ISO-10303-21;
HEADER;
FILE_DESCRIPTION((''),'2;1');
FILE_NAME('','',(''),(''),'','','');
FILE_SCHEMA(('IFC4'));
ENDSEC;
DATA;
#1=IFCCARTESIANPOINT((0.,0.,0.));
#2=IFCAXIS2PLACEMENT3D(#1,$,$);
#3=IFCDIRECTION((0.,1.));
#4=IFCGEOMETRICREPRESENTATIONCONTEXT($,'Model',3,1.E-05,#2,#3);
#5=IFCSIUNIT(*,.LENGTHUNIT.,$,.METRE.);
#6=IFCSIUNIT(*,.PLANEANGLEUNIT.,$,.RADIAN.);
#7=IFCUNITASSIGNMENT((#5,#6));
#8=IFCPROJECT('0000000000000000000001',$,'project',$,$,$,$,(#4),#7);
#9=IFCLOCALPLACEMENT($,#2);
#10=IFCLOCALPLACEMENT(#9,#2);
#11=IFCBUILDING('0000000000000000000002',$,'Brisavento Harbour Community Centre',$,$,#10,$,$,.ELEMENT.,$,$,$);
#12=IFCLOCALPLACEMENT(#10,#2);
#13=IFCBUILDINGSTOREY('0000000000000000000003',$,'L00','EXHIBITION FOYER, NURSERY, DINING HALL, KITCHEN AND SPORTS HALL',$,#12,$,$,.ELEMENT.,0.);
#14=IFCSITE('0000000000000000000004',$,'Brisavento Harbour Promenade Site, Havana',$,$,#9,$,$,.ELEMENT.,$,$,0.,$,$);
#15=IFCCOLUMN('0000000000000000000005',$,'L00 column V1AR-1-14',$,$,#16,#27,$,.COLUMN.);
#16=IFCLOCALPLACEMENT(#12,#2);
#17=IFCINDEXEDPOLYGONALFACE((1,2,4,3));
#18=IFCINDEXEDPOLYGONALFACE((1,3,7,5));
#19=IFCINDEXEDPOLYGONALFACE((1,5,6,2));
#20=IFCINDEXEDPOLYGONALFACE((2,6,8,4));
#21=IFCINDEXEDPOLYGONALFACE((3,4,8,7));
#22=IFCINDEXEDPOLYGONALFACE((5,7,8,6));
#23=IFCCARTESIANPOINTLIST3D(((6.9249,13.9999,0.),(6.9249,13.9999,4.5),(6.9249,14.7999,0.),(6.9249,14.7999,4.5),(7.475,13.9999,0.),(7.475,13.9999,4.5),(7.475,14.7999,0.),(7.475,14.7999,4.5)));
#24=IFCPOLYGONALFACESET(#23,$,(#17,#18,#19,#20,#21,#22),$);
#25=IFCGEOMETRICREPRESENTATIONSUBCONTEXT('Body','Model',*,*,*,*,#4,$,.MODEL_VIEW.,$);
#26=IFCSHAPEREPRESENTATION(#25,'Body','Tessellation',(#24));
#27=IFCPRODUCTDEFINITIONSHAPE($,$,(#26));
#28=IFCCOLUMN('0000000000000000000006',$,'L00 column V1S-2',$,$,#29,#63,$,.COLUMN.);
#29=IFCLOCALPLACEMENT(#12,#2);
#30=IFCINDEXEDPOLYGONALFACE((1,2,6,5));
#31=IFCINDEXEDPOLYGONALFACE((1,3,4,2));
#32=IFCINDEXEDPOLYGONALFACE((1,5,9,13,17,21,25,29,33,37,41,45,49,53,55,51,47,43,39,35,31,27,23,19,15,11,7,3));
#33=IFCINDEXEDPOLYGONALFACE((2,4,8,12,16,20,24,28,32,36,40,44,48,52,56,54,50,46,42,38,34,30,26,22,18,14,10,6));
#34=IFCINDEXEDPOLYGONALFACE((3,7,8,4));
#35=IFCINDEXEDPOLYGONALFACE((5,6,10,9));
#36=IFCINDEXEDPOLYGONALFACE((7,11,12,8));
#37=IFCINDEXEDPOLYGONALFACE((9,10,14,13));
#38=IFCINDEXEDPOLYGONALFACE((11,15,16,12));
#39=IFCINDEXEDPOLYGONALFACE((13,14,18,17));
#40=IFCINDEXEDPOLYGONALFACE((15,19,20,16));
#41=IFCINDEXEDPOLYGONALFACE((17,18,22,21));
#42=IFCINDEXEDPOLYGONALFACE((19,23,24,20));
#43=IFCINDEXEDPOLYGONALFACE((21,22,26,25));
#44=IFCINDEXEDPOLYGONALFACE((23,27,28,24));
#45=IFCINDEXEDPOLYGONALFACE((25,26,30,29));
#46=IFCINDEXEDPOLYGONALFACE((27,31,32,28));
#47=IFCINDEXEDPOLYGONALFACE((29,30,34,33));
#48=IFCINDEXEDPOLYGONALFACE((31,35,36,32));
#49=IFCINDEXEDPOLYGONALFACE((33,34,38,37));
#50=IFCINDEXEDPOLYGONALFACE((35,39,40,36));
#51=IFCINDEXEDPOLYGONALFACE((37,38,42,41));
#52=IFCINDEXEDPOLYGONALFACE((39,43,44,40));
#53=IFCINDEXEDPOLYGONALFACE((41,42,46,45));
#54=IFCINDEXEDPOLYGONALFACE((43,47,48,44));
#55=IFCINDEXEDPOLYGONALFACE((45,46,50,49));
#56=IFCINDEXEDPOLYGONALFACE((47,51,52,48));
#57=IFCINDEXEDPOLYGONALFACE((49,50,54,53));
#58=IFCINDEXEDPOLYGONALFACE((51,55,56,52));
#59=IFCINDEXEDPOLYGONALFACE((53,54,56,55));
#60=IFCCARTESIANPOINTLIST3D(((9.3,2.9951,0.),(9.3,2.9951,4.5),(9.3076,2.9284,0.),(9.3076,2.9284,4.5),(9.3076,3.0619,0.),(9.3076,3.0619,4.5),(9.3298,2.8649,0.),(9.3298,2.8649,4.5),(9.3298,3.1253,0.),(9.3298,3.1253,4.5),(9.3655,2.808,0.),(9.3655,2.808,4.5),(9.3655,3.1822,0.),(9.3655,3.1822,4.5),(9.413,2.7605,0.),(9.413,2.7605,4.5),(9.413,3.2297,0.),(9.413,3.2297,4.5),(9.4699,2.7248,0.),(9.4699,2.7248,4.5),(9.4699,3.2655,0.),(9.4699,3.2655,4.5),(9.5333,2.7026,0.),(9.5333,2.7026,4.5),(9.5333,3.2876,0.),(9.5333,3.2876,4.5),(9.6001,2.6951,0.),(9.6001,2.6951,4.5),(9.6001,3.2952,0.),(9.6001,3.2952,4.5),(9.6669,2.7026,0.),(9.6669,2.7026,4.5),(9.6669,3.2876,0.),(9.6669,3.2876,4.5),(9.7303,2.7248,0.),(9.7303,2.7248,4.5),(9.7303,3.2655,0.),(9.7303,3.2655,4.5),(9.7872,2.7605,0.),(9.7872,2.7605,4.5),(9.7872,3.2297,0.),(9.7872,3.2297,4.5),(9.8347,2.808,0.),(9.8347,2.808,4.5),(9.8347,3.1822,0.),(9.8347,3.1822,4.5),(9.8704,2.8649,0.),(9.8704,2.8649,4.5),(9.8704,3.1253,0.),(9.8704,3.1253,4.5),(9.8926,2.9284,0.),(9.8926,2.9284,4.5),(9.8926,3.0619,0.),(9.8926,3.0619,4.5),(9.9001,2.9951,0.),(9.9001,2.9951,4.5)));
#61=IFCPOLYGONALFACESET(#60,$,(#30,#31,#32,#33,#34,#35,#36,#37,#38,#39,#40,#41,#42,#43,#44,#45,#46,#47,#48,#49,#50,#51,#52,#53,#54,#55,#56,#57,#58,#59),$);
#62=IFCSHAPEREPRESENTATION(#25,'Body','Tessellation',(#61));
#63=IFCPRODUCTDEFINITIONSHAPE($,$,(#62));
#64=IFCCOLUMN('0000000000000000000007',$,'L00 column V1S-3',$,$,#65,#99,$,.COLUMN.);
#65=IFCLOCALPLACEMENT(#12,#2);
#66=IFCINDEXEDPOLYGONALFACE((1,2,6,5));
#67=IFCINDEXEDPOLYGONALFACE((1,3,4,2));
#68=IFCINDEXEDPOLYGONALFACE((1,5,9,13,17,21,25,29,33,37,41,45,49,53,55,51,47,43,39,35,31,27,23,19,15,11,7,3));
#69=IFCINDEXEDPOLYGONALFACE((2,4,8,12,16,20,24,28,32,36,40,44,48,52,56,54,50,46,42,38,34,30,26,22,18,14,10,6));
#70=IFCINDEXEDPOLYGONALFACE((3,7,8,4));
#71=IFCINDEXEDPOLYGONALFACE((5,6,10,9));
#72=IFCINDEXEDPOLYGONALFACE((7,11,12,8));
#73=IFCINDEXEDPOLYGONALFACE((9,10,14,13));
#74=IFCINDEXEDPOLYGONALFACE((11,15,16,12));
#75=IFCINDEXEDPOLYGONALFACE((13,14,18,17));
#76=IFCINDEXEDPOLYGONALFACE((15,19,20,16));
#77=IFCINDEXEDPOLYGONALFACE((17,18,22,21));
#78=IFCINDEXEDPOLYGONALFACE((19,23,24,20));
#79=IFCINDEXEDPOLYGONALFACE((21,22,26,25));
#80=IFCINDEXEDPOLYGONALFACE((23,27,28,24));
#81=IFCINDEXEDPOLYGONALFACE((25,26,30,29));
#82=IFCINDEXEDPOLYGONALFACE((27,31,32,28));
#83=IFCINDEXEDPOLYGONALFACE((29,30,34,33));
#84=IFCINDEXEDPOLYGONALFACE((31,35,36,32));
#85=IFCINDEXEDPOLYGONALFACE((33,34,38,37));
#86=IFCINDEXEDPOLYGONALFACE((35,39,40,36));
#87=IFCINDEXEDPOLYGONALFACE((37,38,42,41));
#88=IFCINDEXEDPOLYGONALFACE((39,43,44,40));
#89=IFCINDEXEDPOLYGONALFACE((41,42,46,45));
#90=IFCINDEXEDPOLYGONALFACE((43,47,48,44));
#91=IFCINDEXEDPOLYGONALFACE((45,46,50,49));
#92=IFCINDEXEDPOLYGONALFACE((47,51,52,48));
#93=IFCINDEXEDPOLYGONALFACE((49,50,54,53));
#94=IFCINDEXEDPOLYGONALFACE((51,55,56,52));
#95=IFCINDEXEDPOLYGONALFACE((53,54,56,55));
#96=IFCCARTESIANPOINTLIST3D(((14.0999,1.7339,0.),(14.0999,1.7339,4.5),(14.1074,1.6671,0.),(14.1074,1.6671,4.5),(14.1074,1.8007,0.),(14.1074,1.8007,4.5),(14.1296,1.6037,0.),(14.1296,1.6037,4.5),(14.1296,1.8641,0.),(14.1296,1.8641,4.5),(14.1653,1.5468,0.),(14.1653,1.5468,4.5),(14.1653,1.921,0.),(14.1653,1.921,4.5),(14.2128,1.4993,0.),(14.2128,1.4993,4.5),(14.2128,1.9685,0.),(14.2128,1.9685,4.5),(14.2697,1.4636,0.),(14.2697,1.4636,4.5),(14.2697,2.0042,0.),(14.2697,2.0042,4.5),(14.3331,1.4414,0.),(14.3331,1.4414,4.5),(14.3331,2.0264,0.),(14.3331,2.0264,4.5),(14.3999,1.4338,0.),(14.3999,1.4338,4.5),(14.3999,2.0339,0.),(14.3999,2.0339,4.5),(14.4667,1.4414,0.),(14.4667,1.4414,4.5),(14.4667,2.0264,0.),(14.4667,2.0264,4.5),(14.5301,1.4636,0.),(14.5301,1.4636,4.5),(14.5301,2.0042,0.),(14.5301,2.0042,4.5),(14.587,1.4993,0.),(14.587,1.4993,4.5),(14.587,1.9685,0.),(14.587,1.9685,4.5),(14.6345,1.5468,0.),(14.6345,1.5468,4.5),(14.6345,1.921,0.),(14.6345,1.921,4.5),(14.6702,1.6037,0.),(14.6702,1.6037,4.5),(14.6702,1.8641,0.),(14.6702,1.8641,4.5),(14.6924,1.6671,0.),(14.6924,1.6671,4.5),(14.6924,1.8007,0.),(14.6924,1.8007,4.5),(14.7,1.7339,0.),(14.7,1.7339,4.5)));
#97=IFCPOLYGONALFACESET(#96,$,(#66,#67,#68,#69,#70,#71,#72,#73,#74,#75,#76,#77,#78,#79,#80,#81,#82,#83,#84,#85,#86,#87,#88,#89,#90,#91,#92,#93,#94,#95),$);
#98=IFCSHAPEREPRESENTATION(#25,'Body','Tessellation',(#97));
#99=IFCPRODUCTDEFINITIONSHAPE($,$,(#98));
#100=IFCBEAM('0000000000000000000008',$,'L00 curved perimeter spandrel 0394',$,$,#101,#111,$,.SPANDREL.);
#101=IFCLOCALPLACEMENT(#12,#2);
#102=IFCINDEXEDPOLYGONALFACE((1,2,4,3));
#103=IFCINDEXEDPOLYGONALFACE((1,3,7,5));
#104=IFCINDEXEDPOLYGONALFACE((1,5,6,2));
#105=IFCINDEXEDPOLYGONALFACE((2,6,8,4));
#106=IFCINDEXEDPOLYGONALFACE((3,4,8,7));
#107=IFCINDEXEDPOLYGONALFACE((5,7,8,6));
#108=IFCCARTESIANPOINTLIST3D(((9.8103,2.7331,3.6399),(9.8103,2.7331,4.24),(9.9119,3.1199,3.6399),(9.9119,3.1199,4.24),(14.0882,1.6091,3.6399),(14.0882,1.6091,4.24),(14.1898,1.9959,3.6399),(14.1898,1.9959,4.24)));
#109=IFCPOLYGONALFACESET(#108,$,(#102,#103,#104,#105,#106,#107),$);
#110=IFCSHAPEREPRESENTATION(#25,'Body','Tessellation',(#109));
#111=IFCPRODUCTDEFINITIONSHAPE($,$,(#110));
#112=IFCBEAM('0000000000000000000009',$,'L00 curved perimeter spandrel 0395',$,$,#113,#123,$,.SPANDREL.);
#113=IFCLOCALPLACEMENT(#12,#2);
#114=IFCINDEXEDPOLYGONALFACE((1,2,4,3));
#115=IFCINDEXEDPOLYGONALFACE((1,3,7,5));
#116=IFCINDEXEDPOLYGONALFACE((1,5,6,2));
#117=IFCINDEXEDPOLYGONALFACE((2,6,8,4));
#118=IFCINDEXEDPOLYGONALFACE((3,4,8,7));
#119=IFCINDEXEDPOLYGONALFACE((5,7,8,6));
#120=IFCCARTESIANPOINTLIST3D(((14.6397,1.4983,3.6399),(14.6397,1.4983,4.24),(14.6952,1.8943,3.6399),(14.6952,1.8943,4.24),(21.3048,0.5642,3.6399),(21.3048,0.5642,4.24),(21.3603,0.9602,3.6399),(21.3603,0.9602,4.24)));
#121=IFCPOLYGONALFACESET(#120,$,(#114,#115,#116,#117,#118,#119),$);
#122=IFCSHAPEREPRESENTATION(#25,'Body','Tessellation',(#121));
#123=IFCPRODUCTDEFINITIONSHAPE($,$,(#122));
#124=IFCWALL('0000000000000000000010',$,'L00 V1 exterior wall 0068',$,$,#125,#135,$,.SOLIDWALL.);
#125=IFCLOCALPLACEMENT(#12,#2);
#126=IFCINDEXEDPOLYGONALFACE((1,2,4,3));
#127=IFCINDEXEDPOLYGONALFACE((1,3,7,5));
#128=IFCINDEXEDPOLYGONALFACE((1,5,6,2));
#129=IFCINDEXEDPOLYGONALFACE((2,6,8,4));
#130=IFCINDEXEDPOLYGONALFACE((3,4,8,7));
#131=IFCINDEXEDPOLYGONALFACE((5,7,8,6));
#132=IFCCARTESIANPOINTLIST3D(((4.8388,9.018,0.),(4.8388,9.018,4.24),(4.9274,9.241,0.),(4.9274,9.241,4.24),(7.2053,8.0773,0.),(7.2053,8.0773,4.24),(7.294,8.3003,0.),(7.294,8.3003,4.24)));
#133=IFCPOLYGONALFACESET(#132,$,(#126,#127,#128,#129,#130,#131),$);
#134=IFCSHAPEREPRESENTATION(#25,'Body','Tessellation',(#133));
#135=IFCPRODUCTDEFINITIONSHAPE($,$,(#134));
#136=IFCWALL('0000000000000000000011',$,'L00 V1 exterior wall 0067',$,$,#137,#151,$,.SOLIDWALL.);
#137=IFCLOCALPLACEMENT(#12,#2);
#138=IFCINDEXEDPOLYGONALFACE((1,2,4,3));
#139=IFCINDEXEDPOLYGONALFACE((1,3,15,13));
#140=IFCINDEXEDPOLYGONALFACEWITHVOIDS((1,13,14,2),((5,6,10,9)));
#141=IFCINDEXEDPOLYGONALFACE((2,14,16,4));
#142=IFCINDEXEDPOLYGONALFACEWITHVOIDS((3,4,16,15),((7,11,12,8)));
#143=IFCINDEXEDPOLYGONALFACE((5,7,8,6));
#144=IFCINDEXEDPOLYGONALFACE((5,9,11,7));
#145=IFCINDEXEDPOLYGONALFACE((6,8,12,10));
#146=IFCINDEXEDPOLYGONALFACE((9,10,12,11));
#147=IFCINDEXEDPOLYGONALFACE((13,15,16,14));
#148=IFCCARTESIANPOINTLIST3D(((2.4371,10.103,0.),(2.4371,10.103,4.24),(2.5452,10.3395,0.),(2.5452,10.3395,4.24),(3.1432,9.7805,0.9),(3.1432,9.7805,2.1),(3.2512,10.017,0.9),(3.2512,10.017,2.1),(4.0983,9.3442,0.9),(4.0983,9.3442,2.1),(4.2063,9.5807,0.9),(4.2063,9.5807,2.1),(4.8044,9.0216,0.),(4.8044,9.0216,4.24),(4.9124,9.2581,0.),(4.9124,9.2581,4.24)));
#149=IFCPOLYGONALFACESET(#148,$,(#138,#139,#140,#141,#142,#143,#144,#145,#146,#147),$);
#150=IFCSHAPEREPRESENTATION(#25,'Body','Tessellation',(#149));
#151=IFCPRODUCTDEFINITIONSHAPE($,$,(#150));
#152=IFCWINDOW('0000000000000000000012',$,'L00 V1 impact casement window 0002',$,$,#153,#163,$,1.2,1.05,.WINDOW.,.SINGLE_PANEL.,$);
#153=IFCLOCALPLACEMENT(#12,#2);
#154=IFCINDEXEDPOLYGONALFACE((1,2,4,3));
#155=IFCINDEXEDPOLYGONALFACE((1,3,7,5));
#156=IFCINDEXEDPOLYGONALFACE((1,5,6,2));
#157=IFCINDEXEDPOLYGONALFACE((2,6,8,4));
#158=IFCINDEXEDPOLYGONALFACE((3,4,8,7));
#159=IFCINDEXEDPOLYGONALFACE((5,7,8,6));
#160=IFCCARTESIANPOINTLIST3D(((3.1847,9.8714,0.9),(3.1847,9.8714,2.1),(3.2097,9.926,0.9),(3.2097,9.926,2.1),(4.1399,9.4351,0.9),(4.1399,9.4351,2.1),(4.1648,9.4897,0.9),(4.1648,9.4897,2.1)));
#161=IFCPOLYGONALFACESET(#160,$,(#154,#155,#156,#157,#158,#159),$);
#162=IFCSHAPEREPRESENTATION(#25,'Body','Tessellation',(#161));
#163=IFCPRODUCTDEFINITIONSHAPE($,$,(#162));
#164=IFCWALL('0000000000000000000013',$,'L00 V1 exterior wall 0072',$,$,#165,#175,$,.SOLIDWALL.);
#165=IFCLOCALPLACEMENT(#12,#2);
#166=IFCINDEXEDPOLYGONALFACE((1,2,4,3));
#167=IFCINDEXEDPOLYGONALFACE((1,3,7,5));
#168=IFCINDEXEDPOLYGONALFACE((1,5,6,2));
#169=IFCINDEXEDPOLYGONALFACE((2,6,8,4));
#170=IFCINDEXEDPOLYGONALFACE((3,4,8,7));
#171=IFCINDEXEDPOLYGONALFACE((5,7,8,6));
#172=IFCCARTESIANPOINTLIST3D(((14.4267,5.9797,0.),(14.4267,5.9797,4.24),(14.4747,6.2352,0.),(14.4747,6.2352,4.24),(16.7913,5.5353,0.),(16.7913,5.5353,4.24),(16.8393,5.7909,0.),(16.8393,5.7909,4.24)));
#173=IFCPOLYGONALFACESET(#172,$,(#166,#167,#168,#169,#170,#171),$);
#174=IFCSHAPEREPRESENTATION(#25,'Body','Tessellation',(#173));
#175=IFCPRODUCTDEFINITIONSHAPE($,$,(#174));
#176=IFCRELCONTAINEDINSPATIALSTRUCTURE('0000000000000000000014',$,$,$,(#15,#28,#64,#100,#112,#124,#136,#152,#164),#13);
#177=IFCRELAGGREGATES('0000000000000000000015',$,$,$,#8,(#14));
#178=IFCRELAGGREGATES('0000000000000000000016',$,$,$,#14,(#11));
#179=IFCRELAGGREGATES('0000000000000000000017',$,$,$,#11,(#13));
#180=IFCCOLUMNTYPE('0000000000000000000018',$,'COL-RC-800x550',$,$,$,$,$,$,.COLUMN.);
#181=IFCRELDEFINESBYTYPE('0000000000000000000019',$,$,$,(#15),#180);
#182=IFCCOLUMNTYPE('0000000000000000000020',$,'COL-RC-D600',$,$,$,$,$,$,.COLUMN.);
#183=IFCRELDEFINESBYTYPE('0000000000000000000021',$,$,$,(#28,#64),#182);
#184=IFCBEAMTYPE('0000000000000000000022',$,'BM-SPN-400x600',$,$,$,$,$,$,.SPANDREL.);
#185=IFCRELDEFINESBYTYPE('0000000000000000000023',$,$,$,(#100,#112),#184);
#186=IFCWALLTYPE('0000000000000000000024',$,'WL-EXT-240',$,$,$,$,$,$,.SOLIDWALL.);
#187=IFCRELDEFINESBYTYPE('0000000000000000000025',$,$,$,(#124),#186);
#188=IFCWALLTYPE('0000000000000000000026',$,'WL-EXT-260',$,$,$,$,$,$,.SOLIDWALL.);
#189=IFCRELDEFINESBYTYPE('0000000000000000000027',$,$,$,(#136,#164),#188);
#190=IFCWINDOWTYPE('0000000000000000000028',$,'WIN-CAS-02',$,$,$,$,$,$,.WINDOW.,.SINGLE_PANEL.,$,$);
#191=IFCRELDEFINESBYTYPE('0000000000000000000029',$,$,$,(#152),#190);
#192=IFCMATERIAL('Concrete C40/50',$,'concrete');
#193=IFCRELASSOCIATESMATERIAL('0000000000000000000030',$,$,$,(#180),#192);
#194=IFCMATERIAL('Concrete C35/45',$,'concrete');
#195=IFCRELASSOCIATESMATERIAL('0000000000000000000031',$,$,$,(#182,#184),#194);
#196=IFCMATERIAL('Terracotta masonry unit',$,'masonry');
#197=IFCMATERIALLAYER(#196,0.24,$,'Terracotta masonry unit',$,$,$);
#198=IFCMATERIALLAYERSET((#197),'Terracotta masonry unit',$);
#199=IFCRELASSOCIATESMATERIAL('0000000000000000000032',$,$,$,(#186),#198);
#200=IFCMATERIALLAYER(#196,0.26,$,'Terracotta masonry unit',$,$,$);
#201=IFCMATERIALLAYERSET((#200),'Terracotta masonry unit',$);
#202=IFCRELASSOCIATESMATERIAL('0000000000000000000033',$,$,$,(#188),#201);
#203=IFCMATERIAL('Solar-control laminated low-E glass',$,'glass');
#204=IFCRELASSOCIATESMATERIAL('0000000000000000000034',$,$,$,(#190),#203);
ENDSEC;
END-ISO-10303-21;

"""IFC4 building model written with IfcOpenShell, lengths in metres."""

from ifc_helpers import new_model, si_unit, direction, frame, frame_2d, origin, origin_2d, place, context, subcontext, project, spatial, rectangle, circle, extrude, material, layer, layer_set, material_profile, profile_set, type_object, element, fill, save


model = new_model("IFC4")

# Units and contexts
model_context = context("Model", 3, precision=1e-05, world=origin(), true_north=direction((0.0, 1.0)))
body_context = subcontext(model_context, "Body", "Model", "MODEL_VIEW")
ifc_project = project(units=[si_unit("LENGTHUNIT", "METRE"), si_unit("PLANEANGLEUNIT", "RADIAN")], contexts=[model_context])

# Site, building, storey
site_placement = place(None, origin())
site = spatial("IfcSite", under=ifc_project, at=site_placement, Name="Brisavento Harbour Promenade Site, Havana", CompositionType="ELEMENT", RefElevation=0.0)
building_placement = place(site_placement, origin())
building = spatial("IfcBuilding", under=site, at=building_placement, Name="Brisavento Harbour Community Centre", CompositionType="ELEMENT")
storey_placement = place(building_placement, origin())
storey = spatial("IfcBuildingStorey", under=building, at=storey_placement, Name="L00", Description="EXHIBITION FOYER, NURSERY, DINING HALL, KITCHEN AND SPORTS HALL", CompositionType="ELEMENT", Elevation=0.0)

# Columns
ifc_material_1 = material(Name="Concrete C40/50", Category="concrete")
ifc_material_profile_1 = material_profile(ifc_material_1, rectangle(XDim=0.55, YDim=0.8, at=origin_2d()), Name="Concrete C40/50")
ifc_profile_set_1 = profile_set([ifc_material_profile_1], Name="Concrete C40/50")
column_type_1 = type_object("IfcColumnType", Name="COL-RC-800x550", PredefinedType="COLUMN", material=ifc_profile_set_1)
column_placement = place(storey_placement, frame((7.2, 14.3999, 0.0), z_axis=(0.0, 0.0, 1.0), x_axis=(1.0, 0.0, 0.0)))
element("IfcColumn", 1, at=column_placement, inside=storey, type_object=column_type_1, Name="L00 column V1AR-1-14", PredefinedType="COLUMN", context=body_context, shape_type="SweptSolid", body=[
    extrude(rectangle(XDim=0.55, YDim=0.8, at=origin_2d()), origin(), (0.0, 0.0, 1.0), 4.5),
])
ifc_material_2 = material(Name="Concrete C35/45", Category="concrete")
ifc_material_profile_2 = material_profile(ifc_material_2, circle(Radius=0.3, at=origin_2d()), Name="Concrete C35/45")
ifc_profile_set_2 = profile_set([ifc_material_profile_2], Name="Concrete C35/45")
column_type_2 = type_object("IfcColumnType", Name="COL-RC-D600", PredefinedType="COLUMN", material=ifc_profile_set_2)
for number, where, z_axis, x_axis, name in (
    (2, (9.6001, 2.9951, 0.0), (0.0, 0.0, 1.0), (1.0, 0.0, 0.0), "L00 column V1S-2"),
    (3, (14.3999, 1.7339, 0.0), (0.0, 0.0, 1.0), (1.0, 0.0, 0.0), "L00 column V1S-3"),
):
    element("IfcColumn", number, at=place(storey_placement, frame(where, z_axis=z_axis, x_axis=x_axis)), inside=storey, type_object=column_type_2, Name=name, PredefinedType="COLUMN", context=body_context, shape_type="SweptSolid", body=[
        extrude(circle(Radius=0.3, at=origin_2d()), origin(), (0.0, 0.0, 1.0), 4.5),
    ])

# Beams
ifc_material_profile_3 = material_profile(ifc_material_2, rectangle(XDim=0.3999, YDim=0.6001, at=origin_2d()), Name="Concrete C35/45")
ifc_profile_set_3 = profile_set([ifc_material_profile_3], Name="Concrete C35/45")
beam_type = type_object("IfcBeamType", Name="BM-SPN-400x600", PredefinedType="SPANDREL", material=ifc_profile_set_3)
beam_1_placement = place(storey_placement, frame((9.8611, 2.9265, 3.9399), z_axis=(0.96717, -0.254129, 0.0), x_axis=(0.254129, 0.96717, 0.0)))
element("IfcBeam", 4, at=beam_1_placement, inside=storey, type_object=beam_type, Name="L00 curved perimeter spandrel 0394", PredefinedType="SPANDREL", context=body_context, shape_type="SweptSolid", body=[
    extrude(rectangle(XDim=0.3999, YDim=0.6001, at=origin_2d()), origin(), (0.0, 0.0, 1.0), 4.4231),
])
beam_2_placement = place(storey_placement, frame((14.6675, 1.6963, 3.9399), z_axis=(0.990322, -0.13879, 0.0), x_axis=(0.13879, 0.990322, 0.0)))
element("IfcBeam", 5, at=beam_2_placement, inside=storey, type_object=beam_type, Name="L00 curved perimeter spandrel 0395", PredefinedType="SPANDREL", context=body_context, shape_type="SweptSolid", body=[
    extrude(rectangle(XDim=0.3999, YDim=0.6001, at=origin_2d()), origin(), (0.0, 0.0, 1.0), 6.7302),
])

# Wall
ifc_material_3 = material(Name="Terracotta masonry unit", Category="masonry")
ifc_layer_1 = layer(ifc_material_3, 0.24, Name="Terracotta masonry unit")
ifc_layer_set_1 = layer_set([ifc_layer_1], Name="Terracotta masonry unit")
wall_type_1 = type_object("IfcWallType", Name="WL-EXT-240", PredefinedType="SOLIDWALL", material=ifc_layer_set_1)
wall_1_placement = place(storey_placement, frame((7.2498, 8.1887, 0.0), z_axis=(0.0, 0.0, 1.0), x_axis=(-0.929275, 0.36939, 0.0)))
element("IfcWall", 6, at=wall_1_placement, inside=storey, type_object=wall_type_1, Name="L00 V1 exterior wall 0068", PredefinedType="SOLIDWALL", context=body_context, shape_type="SweptSolid", body=[
    extrude(rectangle(XDim=2.5466, YDim=0.24, at=frame_2d((1.2734, 0.0))), origin(), (0.0, 0.0, 1.0), 4.24),
])

# Wall, opening, window
ifc_layer_2 = layer(ifc_material_3, 0.26, Name="Terracotta masonry unit")
ifc_layer_set_2 = layer_set([ifc_layer_2], Name="Terracotta masonry unit")
wall_type_2 = type_object("IfcWallType", Name="WL-EXT-260", PredefinedType="SOLIDWALL", material=ifc_layer_set_2)
wall_2_placement = place(storey_placement, frame((4.8584, 9.1399, 0.0), z_axis=(0.0, 0.0, 1.0), x_axis=(-0.909597, 0.415491, 0.0)))
wall_2 = element("IfcWall", 7, at=wall_2_placement, inside=storey, type_object=wall_type_2, Name="L00 V1 exterior wall 0067", PredefinedType="SOLIDWALL", context=body_context, shape_type="SweptSolid", body=[
    extrude(rectangle(XDim=2.6025, YDim=0.26, at=frame_2d((1.3013, 0.0))), origin(), (0.0, 0.0, 1.0), 4.24),
])
opening_1_placement = place(wall_2_placement, frame((0.7764, 0.0, 0.8999)))
opening_1 = element("IfcOpeningElement", 8, at=opening_1_placement, cuts=wall_2, PredefinedType="OPENING", context=body_context, shape_type="SweptSolid", body=[
    extrude(rectangle(XDim=1.05, YDim=1.2, at=frame_2d((0.5249, 0.6001))), frame((0.0, 0.1401, 0.0), z_axis=(0.0, -1.0, 0.0), x_axis=(1.0, 0.0, 0.0)), (0.0, 0.0, 1.0), 0.28),
])
ifc_material_4 = material(Name="Solar-control laminated low-E glass", Category="glass")
window_type = type_object("IfcWindowType", Name="WIN-CAS-02", PartitioningType="SINGLE_PANEL", PredefinedType="WINDOW", material=ifc_material_4)
window_placement = place(opening_1_placement, origin())
window = element("IfcWindow", 9, at=window_placement, inside=storey, type_object=window_type, Name="L00 V1 impact casement window 0002", OverallHeight=1.2, OverallWidth=1.05, PartitioningType="SINGLE_PANEL", PredefinedType="WINDOW", context=body_context, shape_type="SweptSolid", body=[
    extrude(rectangle(XDim=1.05, YDim=1.2, at=frame_2d((0.5249, 0.6001))), frame((0.0, 0.03, 0.0), z_axis=(0.0, -1.0, 0.0), x_axis=(1.0, 0.0, 0.0)), (0.0, 0.0, 1.0), 0.0601),
])
fill(opening_1, window)

# Wall
wall_3_placement = place(storey_placement, frame((16.8154, 5.6631, 0.0), z_axis=(0.0, 0.0, 1.0), x_axis=(-0.982797, 0.184687, 0.0)))
element("IfcWall", 10, at=wall_3_placement, inside=storey, type_object=wall_type_2, Name="L00 V1 exterior wall 0072", PredefinedType="SOLIDWALL", context=body_context, shape_type="SweptSolid", body=[
    extrude(rectangle(XDim=2.406, YDim=0.26, at=frame_2d((1.2031, 0.0))), origin(), (0.0, 0.0, 1.0), 4.24),
])

save(model, "model.ifc")
